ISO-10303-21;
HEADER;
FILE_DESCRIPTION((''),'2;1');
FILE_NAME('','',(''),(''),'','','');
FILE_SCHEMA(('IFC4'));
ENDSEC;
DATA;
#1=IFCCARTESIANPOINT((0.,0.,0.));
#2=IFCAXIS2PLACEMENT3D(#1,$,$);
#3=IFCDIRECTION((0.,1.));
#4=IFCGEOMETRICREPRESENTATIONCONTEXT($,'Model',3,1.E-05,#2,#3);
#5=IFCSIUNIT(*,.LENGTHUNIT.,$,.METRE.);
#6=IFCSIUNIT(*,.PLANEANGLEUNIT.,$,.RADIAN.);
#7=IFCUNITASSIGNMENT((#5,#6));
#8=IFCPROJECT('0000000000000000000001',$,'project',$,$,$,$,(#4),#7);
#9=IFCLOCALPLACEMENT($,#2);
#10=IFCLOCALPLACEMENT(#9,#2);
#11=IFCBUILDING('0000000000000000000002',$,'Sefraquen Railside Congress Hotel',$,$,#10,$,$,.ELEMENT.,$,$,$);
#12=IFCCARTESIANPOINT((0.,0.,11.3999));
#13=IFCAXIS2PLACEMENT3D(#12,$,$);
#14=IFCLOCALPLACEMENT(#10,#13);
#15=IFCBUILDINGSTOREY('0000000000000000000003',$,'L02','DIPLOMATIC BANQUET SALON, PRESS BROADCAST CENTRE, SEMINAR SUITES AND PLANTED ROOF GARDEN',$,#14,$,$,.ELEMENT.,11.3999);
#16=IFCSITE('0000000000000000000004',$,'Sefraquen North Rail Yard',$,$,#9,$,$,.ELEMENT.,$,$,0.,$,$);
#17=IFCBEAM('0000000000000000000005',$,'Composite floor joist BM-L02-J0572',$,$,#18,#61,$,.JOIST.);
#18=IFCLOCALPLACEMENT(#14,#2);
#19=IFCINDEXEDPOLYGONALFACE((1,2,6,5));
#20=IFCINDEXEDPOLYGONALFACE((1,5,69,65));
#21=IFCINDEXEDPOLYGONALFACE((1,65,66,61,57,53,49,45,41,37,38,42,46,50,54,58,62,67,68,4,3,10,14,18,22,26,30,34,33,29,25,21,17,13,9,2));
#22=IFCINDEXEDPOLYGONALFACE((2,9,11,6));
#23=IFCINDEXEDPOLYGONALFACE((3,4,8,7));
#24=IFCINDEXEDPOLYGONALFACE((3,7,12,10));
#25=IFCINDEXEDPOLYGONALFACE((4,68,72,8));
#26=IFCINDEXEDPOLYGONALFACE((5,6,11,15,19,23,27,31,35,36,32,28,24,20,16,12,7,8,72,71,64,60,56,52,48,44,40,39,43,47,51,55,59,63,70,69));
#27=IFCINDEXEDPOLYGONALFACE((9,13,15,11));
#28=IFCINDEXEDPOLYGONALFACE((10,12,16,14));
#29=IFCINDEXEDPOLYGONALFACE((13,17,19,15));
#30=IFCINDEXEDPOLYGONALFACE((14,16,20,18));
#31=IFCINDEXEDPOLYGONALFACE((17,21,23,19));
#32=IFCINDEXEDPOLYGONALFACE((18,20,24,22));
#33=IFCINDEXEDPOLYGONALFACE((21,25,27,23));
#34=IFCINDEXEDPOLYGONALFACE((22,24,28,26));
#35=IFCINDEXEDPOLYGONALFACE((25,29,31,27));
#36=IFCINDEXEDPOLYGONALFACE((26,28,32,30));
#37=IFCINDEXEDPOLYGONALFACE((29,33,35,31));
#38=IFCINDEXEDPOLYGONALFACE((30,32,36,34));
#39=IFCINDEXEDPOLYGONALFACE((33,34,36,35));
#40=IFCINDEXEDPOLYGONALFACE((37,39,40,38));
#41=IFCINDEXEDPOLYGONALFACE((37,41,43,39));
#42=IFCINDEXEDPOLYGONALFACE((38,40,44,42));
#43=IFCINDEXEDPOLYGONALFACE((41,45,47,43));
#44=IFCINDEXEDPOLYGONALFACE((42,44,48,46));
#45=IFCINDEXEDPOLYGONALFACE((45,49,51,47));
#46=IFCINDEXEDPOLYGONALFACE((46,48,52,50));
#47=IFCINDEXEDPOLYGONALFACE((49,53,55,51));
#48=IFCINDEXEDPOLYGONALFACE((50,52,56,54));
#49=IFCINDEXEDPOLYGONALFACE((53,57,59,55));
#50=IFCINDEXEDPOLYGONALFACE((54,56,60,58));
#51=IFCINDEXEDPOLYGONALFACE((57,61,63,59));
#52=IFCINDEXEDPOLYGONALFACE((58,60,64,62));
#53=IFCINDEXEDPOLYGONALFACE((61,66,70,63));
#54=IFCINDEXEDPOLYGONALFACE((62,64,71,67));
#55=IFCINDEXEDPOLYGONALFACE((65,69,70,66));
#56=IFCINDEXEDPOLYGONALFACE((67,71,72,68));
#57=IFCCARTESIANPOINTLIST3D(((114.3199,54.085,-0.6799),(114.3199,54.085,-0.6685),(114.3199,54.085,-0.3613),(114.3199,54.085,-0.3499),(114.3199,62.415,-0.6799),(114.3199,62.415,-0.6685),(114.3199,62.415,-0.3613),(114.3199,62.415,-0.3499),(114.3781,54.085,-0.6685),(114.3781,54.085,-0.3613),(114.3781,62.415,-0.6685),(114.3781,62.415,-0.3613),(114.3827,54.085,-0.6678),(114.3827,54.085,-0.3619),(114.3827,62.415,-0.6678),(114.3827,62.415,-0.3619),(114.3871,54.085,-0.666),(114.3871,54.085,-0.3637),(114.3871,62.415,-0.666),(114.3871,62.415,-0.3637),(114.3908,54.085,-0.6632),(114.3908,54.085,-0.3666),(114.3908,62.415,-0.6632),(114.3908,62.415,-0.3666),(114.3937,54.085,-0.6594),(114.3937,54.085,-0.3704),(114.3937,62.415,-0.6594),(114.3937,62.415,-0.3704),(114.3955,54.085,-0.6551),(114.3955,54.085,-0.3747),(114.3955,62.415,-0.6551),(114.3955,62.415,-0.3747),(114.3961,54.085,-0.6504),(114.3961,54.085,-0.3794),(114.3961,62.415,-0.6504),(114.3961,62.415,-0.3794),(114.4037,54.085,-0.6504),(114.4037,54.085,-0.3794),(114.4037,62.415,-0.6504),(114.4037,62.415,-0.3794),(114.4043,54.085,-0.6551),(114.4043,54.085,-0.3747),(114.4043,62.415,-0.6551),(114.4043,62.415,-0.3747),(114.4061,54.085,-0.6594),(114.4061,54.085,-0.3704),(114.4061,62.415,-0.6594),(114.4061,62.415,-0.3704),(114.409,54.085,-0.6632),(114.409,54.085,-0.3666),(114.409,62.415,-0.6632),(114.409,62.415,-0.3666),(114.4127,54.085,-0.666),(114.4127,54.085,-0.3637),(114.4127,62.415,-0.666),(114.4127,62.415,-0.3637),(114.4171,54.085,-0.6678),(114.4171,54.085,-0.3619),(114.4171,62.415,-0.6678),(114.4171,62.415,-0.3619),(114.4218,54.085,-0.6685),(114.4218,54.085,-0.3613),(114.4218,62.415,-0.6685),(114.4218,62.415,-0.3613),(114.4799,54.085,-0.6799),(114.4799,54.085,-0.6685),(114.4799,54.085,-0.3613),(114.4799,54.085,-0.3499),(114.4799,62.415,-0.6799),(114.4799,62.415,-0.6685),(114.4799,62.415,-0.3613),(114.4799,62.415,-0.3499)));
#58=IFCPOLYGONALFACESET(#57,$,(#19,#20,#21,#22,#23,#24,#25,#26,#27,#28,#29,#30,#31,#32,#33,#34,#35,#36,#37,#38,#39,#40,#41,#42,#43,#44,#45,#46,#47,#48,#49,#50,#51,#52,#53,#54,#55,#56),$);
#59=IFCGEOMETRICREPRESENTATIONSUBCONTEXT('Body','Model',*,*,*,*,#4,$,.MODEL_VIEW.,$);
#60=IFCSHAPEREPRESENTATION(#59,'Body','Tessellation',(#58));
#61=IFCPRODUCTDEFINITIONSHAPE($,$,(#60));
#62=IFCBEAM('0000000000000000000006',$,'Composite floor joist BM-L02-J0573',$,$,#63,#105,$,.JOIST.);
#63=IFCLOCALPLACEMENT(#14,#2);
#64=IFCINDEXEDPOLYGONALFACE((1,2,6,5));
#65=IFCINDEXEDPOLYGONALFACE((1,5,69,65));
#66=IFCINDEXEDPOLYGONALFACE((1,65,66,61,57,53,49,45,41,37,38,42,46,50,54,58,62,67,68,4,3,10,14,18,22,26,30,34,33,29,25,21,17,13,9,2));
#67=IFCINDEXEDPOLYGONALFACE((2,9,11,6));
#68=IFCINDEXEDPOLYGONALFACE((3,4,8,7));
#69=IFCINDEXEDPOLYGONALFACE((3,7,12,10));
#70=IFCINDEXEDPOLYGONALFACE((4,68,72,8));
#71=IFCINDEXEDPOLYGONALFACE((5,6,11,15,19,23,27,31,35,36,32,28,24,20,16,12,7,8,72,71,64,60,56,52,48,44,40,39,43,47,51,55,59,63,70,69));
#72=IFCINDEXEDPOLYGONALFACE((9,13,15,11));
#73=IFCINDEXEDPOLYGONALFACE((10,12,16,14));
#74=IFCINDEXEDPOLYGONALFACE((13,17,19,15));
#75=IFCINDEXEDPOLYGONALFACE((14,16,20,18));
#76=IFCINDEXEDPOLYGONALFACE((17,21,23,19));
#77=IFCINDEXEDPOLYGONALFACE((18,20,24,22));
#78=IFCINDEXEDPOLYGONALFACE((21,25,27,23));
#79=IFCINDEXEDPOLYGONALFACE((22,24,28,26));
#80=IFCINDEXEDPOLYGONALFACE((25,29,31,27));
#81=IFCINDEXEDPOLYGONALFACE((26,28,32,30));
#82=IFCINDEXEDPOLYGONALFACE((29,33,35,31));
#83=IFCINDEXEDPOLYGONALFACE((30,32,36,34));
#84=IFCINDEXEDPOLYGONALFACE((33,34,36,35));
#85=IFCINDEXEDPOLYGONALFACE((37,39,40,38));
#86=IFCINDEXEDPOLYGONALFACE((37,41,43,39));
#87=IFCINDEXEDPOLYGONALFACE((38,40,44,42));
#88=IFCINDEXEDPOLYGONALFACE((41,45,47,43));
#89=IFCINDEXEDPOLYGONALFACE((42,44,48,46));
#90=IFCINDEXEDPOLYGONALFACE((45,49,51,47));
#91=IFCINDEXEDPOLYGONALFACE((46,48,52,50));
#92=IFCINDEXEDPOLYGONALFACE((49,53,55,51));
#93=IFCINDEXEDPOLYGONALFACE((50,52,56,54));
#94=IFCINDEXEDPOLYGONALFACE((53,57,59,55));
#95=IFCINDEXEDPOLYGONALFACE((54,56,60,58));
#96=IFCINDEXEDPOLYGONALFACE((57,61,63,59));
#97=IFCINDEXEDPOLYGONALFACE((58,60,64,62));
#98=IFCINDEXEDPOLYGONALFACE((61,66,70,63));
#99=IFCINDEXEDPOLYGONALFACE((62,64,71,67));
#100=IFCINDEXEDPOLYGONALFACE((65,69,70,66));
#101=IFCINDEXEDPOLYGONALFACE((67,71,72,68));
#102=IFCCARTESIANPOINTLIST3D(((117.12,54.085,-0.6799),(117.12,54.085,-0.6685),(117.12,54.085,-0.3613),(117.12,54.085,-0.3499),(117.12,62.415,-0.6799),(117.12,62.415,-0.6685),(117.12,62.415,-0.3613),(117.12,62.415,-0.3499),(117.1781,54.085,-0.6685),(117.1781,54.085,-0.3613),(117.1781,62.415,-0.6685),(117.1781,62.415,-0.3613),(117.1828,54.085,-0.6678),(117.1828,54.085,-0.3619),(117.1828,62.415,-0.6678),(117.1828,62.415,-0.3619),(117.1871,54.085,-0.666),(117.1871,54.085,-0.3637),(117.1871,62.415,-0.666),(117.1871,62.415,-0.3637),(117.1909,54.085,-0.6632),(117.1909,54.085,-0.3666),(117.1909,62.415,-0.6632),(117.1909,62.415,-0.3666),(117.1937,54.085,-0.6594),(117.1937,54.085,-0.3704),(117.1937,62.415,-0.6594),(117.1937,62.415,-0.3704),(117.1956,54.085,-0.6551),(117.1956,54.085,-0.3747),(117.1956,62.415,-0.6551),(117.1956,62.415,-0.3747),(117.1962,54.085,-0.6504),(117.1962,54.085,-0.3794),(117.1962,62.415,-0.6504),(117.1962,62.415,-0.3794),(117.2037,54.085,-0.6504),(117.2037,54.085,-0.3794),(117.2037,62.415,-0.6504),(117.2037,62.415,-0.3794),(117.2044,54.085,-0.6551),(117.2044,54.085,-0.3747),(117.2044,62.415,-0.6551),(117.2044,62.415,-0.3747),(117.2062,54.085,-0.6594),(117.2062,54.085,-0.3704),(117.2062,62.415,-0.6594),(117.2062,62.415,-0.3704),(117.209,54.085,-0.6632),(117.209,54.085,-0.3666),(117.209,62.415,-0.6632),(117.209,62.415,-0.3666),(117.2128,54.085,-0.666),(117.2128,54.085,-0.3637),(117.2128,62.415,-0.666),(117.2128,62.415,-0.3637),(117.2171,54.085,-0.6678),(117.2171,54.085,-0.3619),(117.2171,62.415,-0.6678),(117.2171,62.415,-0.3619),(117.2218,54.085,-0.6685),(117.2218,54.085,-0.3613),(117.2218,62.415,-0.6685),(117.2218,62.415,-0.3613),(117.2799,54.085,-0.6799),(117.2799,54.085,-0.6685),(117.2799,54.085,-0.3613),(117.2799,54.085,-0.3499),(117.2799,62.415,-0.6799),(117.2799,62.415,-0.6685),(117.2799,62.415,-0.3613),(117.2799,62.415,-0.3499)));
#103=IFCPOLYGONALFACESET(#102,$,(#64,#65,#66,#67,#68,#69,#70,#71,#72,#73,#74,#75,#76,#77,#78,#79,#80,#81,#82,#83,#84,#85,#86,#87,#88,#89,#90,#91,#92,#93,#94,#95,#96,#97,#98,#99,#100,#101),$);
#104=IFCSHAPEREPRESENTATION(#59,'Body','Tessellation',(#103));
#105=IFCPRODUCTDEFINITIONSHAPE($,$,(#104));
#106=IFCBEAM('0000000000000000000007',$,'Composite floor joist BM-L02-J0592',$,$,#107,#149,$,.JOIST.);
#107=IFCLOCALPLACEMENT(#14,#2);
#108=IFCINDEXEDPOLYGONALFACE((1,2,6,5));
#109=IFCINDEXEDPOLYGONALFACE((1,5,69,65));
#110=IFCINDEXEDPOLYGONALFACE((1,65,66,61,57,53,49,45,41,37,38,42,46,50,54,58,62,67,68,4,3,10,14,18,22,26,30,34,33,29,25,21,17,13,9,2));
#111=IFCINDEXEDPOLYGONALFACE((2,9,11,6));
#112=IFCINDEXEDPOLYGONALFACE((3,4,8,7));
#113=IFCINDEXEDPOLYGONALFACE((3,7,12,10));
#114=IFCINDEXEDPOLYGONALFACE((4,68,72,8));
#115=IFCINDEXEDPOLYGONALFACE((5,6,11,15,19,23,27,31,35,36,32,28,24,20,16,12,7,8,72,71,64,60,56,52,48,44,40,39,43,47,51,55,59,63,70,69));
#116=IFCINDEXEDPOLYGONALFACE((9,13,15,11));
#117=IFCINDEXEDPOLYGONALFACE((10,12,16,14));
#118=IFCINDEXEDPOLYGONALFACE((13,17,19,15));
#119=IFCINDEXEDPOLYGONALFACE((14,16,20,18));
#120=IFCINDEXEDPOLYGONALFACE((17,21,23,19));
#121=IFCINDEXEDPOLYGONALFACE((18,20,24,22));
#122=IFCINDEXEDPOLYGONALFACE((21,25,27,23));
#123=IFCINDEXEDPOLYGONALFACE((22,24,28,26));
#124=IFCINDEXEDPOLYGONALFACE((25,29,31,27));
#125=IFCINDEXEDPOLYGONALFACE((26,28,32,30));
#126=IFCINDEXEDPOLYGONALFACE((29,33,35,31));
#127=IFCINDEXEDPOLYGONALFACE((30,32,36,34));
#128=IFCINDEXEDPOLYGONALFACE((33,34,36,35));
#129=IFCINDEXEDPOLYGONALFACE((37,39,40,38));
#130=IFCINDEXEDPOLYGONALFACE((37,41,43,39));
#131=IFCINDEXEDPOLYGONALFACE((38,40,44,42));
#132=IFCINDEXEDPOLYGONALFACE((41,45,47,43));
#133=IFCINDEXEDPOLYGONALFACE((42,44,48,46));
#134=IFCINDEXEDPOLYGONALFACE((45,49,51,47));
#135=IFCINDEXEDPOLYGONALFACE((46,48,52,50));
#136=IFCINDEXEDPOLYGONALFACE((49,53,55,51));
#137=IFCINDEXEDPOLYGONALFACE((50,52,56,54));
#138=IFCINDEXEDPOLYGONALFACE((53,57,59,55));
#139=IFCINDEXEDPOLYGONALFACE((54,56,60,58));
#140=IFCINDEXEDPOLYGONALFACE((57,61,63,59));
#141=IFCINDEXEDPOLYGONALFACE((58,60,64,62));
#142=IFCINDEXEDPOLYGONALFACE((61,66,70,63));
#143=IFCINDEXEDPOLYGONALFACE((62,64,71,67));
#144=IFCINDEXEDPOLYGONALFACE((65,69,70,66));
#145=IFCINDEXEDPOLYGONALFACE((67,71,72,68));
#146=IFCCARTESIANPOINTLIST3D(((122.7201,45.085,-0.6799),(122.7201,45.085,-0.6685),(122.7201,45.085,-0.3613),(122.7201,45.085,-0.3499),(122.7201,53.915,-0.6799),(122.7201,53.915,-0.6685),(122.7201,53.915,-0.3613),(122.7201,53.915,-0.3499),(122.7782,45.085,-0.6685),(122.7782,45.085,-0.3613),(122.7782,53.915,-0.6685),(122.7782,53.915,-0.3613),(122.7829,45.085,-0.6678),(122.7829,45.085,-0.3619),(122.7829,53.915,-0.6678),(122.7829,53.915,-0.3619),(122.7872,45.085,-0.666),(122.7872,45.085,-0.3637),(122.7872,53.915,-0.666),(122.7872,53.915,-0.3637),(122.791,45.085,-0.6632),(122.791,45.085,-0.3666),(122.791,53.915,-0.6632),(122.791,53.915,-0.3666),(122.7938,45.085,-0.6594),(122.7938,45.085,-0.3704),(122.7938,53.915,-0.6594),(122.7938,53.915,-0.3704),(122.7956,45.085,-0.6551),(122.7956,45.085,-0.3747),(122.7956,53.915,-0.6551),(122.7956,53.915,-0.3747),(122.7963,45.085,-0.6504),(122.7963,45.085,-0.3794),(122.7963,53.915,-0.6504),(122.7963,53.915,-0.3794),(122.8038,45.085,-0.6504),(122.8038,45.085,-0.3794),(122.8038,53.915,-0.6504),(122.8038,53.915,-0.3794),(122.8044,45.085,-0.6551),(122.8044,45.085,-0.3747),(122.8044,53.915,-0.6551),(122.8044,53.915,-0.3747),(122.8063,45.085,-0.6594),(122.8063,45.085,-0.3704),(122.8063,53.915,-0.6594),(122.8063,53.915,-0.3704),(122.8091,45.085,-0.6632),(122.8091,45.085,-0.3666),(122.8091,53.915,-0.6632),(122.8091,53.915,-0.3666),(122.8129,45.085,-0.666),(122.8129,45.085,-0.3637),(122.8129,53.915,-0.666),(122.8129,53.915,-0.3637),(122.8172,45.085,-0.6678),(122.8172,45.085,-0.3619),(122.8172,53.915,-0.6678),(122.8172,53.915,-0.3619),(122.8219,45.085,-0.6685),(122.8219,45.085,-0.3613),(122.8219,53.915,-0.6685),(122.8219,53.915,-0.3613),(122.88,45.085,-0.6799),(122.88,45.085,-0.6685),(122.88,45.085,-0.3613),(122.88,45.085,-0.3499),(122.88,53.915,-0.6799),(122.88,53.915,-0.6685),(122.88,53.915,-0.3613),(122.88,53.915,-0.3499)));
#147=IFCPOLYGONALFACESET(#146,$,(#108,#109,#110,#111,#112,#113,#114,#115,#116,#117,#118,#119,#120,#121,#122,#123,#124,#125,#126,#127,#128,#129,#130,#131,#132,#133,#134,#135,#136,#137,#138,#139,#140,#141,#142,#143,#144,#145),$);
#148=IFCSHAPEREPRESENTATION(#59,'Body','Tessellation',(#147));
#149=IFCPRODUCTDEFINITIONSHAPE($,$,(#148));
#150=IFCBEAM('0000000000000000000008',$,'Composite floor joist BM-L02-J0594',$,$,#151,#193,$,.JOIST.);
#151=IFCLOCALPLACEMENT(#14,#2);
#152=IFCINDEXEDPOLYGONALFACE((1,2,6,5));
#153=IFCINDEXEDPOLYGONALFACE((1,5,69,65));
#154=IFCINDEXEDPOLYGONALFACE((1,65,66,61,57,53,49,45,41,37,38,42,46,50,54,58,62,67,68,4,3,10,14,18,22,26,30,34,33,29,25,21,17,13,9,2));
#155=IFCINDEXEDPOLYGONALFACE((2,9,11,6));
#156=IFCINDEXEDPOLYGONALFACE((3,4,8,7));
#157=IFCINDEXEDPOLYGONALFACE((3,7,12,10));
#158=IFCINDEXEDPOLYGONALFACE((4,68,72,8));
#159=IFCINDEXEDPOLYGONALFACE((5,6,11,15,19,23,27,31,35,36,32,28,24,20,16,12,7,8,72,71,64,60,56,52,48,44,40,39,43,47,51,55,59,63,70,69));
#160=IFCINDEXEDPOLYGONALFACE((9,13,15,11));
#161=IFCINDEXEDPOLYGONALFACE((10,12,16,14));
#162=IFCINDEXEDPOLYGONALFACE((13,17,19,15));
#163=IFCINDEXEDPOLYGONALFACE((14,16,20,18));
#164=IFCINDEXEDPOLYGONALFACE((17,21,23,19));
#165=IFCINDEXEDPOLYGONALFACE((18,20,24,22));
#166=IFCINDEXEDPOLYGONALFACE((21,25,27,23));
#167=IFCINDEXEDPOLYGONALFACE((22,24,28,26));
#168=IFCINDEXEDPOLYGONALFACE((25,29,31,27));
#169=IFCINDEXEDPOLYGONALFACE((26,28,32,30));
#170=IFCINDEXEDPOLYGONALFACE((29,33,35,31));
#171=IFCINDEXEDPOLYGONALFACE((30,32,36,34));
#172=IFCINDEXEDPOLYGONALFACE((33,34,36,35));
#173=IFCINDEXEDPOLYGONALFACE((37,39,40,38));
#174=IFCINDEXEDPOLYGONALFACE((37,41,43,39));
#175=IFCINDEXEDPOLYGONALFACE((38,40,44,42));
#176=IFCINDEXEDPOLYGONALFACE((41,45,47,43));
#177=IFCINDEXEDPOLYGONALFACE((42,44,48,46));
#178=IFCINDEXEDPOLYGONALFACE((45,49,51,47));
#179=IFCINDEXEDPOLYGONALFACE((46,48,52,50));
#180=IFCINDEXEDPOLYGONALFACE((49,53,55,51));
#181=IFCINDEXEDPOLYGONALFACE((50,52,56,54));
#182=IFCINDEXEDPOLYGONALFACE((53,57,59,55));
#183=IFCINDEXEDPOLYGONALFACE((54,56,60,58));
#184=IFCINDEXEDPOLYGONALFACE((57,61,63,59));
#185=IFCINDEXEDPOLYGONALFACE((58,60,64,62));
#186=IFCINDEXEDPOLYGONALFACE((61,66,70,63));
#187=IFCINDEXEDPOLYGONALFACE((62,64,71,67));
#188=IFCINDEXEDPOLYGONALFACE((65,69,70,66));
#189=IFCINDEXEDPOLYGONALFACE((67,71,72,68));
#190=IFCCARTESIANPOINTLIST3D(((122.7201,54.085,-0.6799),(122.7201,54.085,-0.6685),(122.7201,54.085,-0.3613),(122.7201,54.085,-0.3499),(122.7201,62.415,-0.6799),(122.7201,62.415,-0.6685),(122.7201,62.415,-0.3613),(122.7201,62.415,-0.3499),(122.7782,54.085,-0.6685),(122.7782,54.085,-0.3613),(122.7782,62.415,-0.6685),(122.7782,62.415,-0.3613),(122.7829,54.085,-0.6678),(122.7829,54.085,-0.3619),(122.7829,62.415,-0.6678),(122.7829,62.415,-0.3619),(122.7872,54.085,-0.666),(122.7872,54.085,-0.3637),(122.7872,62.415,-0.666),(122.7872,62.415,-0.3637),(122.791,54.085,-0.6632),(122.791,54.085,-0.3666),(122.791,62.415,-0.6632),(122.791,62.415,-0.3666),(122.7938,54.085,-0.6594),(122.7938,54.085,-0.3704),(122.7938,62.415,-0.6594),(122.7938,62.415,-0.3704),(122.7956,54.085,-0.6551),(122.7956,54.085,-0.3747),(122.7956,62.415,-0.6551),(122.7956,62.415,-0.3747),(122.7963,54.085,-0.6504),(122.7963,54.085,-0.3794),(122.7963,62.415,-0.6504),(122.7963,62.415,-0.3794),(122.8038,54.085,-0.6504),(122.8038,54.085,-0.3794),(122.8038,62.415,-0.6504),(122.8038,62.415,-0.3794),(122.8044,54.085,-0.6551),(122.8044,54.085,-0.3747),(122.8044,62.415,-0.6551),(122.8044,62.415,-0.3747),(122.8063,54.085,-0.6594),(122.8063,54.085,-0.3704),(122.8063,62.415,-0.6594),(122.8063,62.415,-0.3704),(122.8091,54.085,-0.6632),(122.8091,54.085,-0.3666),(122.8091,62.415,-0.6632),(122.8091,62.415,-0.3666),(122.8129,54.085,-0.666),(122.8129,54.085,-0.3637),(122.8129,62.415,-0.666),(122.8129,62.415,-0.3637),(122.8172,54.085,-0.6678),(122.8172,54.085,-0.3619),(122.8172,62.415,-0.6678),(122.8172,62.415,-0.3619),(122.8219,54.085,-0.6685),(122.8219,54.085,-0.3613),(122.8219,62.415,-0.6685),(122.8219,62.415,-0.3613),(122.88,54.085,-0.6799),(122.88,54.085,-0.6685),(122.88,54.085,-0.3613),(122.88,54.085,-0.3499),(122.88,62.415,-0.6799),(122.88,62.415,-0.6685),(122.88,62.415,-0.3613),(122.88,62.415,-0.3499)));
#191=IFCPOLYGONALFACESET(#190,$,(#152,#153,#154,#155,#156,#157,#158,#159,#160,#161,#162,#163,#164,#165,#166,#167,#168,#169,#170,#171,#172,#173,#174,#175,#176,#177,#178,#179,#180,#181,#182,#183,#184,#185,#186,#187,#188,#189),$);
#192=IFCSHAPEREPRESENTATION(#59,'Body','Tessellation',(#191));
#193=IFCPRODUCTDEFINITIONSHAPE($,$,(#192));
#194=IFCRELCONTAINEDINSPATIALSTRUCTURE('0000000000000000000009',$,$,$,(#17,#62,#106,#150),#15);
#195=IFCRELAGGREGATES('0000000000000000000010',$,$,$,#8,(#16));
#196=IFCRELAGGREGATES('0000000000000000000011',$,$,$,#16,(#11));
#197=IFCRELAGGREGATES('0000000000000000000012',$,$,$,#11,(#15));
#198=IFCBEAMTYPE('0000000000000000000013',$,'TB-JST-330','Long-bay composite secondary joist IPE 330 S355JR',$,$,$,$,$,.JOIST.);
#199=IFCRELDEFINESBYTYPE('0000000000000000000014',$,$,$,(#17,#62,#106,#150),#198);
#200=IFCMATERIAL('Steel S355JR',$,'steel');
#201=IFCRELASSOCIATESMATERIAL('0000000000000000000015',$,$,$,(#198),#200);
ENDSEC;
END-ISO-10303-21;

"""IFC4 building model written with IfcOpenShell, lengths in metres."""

from ifc_helpers import new_model, si_unit, direction, frame, origin, origin_2d, place, context, subcontext, project, spatial, i_section, extrude, material, material_profile, profile_set, type_object, element, save


model = new_model("IFC4")

# Units and contexts
model_context = context("Model", 3, precision=1e-05, world=origin(), true_north=direction((0.0, 1.0)))
body_context = subcontext(model_context, "Body", "Model", "MODEL_VIEW")
ifc_project = project(units=[si_unit("LENGTHUNIT", "METRE"), si_unit("PLANEANGLEUNIT", "RADIAN")], contexts=[model_context])

# Site, building, storey
site_placement = place(None, origin())
site = spatial("IfcSite", under=ifc_project, at=site_placement, Name="Sefraquen North Rail Yard", CompositionType="ELEMENT", RefElevation=0.0)
building_placement = place(site_placement, origin())
building = spatial("IfcBuilding", under=site, at=building_placement, Name="Sefraquen Railside Congress Hotel", CompositionType="ELEMENT")
storey_placement = place(building_placement, frame((0.0, 0.0, 11.3999)))
storey = spatial("IfcBuildingStorey", under=building, at=storey_placement, Name="L02", Description="DIPLOMATIC BANQUET SALON, PRESS BROADCAST CENTRE, SEMINAR SUITES AND PLANTED ROOF GARDEN", CompositionType="ELEMENT", Elevation=11.3999)

# Shared definitions
ifc_material_1 = material(Name="Steel S355JR", Category="steel")

# Beams
ifc_material_profile_1 = material_profile(ifc_material_1, i_section(OverallWidth=0.1599, OverallDepth=0.3301, WebThickness=0.0076, FlangeThickness=0.0115, FilletRadius=0.0181, at=origin_2d()), Name="IPE 330")
ifc_profile_set_1 = profile_set([ifc_material_profile_1], Name="Steel S355JR")
beam_type_1 = type_object("IfcBeamType", Name="TB-JST-330", Description="Long-bay composite secondary joist IPE 330 S355JR", PredefinedType="JOIST", material=ifc_profile_set_1)
for number, where, z_axis, x_axis, name in (
    (1, (114.3999, 54.085, -0.5149), (0.0, 1.0, 0.0), (-1.0, 0.0, 0.0), "Composite floor joist BM-L02-J0572"),
    (2, (117.2, 54.085, -0.5149), (0.0, 1.0, 0.0), (-1.0, 0.0, 0.0), "Composite floor joist BM-L02-J0573"),
):
    element("IfcBeam", number, at=place(storey_placement, frame(where, z_axis=z_axis, x_axis=x_axis)), inside=storey, type_object=beam_type_1, Name=name, PredefinedType="JOIST", context=body_context, shape_type="SweptSolid", body=[
        extrude(i_section(OverallWidth=0.1599, OverallDepth=0.3301, WebThickness=0.0076, FlangeThickness=0.0115, FilletRadius=0.0181, at=origin_2d()), origin(), (0.0, 0.0, 1.0), 8.3301),
    ])
beam_1_placement = place(storey_placement, frame((122.8, 45.085, -0.5149), z_axis=(0.0, 1.0, 0.0), x_axis=(-1.0, 0.0, 0.0)))
element("IfcBeam", 3, at=beam_1_placement, inside=storey, type_object=beam_type_1, Name="Composite floor joist BM-L02-J0592", PredefinedType="JOIST", context=body_context, shape_type="SweptSolid", body=[
    extrude(i_section(OverallWidth=0.1599, OverallDepth=0.3301, WebThickness=0.0076, FlangeThickness=0.0115, FilletRadius=0.0181, at=origin_2d()), origin(), (0.0, 0.0, 1.0), 8.8301),
])
beam_2_placement = place(storey_placement, frame((122.8, 54.085, -0.5149), z_axis=(0.0, 1.0, 0.0), x_axis=(-1.0, 0.0, 0.0)))
element("IfcBeam", 4, at=beam_2_placement, inside=storey, type_object=beam_type_1, Name="Composite floor joist BM-L02-J0594", PredefinedType="JOIST", context=body_context, shape_type="SweptSolid", body=[
    extrude(i_section(OverallWidth=0.1599, OverallDepth=0.3301, WebThickness=0.0076, FlangeThickness=0.0115, FilletRadius=0.0181, at=origin_2d()), origin(), (0.0, 0.0, 1.0), 8.3301),
])

save(model, "model.ifc")
